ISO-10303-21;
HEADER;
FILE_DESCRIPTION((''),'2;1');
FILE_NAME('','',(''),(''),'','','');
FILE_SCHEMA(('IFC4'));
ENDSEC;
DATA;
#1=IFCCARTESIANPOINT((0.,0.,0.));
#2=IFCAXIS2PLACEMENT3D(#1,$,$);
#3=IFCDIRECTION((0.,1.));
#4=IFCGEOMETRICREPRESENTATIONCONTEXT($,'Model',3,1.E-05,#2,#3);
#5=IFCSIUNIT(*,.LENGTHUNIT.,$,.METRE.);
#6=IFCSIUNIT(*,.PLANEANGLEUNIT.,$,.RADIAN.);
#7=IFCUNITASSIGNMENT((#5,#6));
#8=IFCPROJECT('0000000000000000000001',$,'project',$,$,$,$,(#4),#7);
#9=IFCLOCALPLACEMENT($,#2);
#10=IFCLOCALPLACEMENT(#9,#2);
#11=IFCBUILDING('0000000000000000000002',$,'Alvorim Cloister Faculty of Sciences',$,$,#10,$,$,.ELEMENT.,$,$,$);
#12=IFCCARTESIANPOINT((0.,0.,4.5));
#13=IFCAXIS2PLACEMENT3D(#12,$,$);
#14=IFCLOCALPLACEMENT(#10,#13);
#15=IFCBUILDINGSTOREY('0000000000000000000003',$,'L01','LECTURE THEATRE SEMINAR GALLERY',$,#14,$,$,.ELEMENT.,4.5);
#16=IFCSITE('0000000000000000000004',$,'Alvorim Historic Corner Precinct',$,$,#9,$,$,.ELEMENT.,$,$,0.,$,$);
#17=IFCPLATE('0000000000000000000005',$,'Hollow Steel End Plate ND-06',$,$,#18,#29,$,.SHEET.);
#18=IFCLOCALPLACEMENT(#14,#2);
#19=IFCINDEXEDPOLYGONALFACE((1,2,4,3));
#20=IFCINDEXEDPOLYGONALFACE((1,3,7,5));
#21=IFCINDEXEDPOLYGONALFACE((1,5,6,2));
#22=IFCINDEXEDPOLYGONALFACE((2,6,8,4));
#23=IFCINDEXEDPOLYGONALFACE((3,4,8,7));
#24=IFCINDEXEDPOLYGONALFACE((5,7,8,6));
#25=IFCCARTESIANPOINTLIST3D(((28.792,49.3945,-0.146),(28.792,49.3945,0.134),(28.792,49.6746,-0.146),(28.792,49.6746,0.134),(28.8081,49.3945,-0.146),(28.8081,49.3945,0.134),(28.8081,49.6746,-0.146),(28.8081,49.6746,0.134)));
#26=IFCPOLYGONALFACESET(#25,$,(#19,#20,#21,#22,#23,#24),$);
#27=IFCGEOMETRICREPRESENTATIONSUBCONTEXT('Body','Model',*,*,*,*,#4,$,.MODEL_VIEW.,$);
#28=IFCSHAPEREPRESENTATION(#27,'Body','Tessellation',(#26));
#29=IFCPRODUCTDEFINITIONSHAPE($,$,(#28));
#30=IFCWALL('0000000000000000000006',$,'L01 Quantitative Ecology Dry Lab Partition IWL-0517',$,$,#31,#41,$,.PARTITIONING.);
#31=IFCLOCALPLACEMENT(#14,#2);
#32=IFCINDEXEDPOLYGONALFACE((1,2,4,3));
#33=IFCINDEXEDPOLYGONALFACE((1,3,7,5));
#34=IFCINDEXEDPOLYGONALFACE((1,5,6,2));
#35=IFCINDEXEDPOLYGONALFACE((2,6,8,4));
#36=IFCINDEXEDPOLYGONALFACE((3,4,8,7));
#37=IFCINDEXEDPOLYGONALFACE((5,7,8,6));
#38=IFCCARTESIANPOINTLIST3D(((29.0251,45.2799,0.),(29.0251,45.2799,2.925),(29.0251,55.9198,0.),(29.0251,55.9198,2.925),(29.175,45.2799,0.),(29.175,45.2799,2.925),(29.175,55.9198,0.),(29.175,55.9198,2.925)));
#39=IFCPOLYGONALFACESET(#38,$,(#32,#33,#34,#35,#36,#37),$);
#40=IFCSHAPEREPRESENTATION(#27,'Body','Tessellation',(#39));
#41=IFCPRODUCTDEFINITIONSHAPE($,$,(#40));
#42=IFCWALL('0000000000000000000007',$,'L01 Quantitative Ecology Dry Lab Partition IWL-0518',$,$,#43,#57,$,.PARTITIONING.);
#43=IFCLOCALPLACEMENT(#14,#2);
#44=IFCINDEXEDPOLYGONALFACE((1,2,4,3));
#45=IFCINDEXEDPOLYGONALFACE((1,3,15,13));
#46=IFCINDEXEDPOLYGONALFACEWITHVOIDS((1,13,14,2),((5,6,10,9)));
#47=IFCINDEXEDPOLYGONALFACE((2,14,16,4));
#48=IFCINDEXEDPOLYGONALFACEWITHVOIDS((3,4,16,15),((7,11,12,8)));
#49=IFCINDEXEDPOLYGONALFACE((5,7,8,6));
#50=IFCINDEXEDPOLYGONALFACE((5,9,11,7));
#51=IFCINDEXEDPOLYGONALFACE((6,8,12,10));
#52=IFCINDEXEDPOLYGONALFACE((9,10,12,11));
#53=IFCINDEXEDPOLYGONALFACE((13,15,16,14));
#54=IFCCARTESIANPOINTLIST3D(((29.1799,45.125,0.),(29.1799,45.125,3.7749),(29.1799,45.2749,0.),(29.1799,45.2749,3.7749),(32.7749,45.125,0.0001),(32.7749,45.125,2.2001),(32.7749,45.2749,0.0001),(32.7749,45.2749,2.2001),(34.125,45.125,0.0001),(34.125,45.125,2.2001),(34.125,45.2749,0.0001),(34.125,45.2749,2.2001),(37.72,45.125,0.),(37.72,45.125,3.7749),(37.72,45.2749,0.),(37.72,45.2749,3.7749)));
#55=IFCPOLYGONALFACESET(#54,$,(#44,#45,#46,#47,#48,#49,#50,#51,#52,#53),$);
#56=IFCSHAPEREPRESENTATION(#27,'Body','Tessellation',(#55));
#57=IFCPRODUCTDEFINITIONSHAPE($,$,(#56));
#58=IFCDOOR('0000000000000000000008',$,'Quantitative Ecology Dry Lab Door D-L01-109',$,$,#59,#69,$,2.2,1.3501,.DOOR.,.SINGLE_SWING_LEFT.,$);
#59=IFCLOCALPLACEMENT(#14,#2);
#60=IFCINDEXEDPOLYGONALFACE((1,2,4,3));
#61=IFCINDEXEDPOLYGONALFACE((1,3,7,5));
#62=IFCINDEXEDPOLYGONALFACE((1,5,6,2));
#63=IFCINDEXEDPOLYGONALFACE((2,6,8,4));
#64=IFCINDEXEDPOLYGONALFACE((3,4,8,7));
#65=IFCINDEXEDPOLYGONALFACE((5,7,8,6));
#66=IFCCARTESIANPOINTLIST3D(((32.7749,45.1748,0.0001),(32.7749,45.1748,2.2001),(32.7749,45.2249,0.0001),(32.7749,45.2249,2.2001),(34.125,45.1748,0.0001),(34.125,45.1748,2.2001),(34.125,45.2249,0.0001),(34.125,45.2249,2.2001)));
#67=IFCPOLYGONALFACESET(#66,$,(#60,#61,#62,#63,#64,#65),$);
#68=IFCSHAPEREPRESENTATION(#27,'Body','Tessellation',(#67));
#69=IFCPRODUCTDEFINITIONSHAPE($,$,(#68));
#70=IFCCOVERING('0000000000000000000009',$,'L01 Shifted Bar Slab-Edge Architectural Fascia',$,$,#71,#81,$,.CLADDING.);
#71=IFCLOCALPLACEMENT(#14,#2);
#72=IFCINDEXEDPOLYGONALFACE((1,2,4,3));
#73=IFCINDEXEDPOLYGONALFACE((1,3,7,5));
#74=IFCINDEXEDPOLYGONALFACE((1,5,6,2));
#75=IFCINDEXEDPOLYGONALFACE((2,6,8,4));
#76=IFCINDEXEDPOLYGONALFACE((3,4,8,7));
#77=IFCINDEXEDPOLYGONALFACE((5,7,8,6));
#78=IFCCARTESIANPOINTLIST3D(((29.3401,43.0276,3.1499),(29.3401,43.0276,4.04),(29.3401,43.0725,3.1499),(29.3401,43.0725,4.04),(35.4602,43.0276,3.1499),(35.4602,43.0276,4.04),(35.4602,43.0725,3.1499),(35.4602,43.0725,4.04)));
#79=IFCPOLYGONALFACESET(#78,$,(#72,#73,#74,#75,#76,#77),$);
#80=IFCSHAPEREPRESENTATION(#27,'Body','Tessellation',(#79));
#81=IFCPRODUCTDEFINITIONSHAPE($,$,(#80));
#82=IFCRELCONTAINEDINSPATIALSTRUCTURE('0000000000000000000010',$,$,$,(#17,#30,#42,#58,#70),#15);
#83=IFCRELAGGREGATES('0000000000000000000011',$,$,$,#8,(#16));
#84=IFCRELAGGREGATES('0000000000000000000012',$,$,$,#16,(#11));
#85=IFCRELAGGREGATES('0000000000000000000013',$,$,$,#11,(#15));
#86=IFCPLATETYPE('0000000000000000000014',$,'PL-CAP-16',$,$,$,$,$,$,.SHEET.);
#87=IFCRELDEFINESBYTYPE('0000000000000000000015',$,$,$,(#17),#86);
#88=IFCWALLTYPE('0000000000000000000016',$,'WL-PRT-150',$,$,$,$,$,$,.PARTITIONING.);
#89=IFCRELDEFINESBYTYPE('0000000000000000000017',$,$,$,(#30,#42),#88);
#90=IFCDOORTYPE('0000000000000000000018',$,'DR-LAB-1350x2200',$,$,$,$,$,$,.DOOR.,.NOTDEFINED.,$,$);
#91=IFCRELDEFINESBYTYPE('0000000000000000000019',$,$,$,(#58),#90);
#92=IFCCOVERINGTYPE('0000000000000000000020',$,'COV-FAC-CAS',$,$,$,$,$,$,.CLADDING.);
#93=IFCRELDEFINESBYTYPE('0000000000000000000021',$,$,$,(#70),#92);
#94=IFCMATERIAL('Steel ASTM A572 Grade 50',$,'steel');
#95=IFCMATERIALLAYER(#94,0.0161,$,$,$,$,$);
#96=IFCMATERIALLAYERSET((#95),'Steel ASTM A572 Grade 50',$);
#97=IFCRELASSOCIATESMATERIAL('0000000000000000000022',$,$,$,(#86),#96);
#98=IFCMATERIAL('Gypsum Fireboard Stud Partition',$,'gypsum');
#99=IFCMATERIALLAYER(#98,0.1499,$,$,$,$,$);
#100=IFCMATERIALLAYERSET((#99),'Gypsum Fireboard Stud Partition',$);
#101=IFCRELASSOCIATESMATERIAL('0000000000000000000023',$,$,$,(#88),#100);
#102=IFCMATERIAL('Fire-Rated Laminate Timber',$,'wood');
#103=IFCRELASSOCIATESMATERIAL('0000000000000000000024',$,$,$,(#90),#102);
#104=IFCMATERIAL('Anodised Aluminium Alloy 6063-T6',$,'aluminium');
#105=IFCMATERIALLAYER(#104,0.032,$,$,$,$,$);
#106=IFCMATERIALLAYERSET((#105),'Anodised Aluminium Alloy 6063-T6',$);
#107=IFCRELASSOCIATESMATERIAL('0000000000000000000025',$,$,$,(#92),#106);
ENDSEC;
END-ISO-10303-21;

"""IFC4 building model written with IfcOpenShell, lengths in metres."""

from ifc_helpers import new_model, si_unit, direction, frame, frame_2d, origin, place, context, subcontext, project, spatial, polyline, rectangle, outline, extrude, material, layer, layer_set, type_object, element, fill, save


model = new_model("IFC4")

# Units and contexts
model_context = context("Model", 3, precision=1e-05, world=origin(), true_north=direction((0.0, 1.0)))
body_context = subcontext(model_context, "Body", "Model", "MODEL_VIEW")
ifc_project = project(units=[si_unit("LENGTHUNIT", "METRE"), si_unit("PLANEANGLEUNIT", "RADIAN")], contexts=[model_context])

# Site, building, storey
site_placement = place(None, origin())
site = spatial("IfcSite", under=ifc_project, at=site_placement, Name="Alvorim Historic Corner Precinct", CompositionType="ELEMENT", RefElevation=0.0)
building_placement = place(site_placement, origin())
building = spatial("IfcBuilding", under=site, at=building_placement, Name="Alvorim Cloister Faculty of Sciences", CompositionType="ELEMENT")
storey_placement = place(building_placement, frame((0.0, 0.0, 4.5)))
storey = spatial("IfcBuildingStorey", under=building, at=storey_placement, Name="L01", Description="LECTURE THEATRE SEMINAR GALLERY", CompositionType="ELEMENT", Elevation=4.5)

# Shared definitions
ifc_material_1 = material(Name="Steel ASTM A572 Grade 50", Category="steel")

# Plate
ifc_layer_1 = layer(ifc_material_1, 0.0161)
ifc_layer_set_1 = layer_set([ifc_layer_1], Name="Steel ASTM A572 Grade 50")
plate_type_1 = type_object("IfcPlateType", Name="PL-CAP-16", PredefinedType="SHEET", material=ifc_layer_set_1)
plate_1_placement = place(storey_placement, frame((28.8, 49.3945, -0.146), z_axis=(0.0, 0.0, 1.0), x_axis=(0.0, 1.0, 0.0)))
element("IfcPlate", 1, at=plate_1_placement, inside=storey, type_object=plate_type_1, Name="Hollow Steel End Plate ND-06", PredefinedType="SHEET", context=body_context, shape_type="SweptSolid", body=[
    extrude(outline(polyline([(0.0, 0.0), (0.28, 0.0), (0.28, 0.28), (0.0, 0.28), (0.0, 0.0)])), frame((0.0, 0.0081, 0.0), z_axis=(0.0, -1.0, 0.0), x_axis=(1.0, 0.0, 0.0)), (0.0, 0.0, 1.0), 0.0161),
])

# Wall
ifc_material_2 = material(Name="Gypsum Fireboard Stud Partition", Category="gypsum")
ifc_layer_2 = layer(ifc_material_2, 0.1499)
ifc_layer_set_2 = layer_set([ifc_layer_2], Name="Gypsum Fireboard Stud Partition")
wall_type = type_object("IfcWallType", Name="WL-PRT-150", PredefinedType="PARTITIONING", material=ifc_layer_set_2)
wall_1_placement = place(storey_placement, frame((29.1001, 45.28, 0.0), z_axis=(0.0, 0.0, 1.0), x_axis=(0.0, 1.0, 0.0)))
element("IfcWall", 2, at=wall_1_placement, inside=storey, type_object=wall_type, Name="L01 Quantitative Ecology Dry Lab Partition IWL-0517", PredefinedType="PARTITIONING", context=body_context, shape_type="SweptSolid", body=[
    extrude(rectangle(XDim=10.6399, YDim=0.1499, at=frame_2d((5.3198, 0.0))), origin(), (0.0, 0.0, 1.0), 2.925),
])

# Wall, opening, door
wall_2_placement = place(storey_placement, frame((29.1799, 45.2, 0.0), z_axis=(0.0, 0.0, 1.0), x_axis=(1.0, 0.0, 0.0)))
wall_2 = element("IfcWall", 3, at=wall_2_placement, inside=storey, type_object=wall_type, Name="L01 Quantitative Ecology Dry Lab Partition IWL-0518", PredefinedType="PARTITIONING", context=body_context, shape_type="SweptSolid", body=[
    extrude(rectangle(XDim=8.54, YDim=0.1499, at=frame_2d((4.27, 0.0))), origin(), (0.0, 0.0, 1.0), 3.7749),
])
opening_placement = place(wall_2_placement, frame((3.595, 0.0, 0.0)))
opening = element("IfcOpeningElement", 4, at=opening_placement, cuts=wall_2, PredefinedType="OPENING", context=body_context, shape_type="SweptSolid", body=[
    extrude(rectangle(XDim=1.3501, YDim=2.2, at=frame_2d((0.675, 1.1001))), frame((0.0, 0.0869, 0.0), z_axis=(0.0, -1.0, 0.0), x_axis=(1.0, 0.0, 0.0)), (0.0, 0.0, 1.0), 0.1738),
])
ifc_material_3 = material(Name="Fire-Rated Laminate Timber", Category="wood")
door_type = type_object("IfcDoorType", Name="DR-LAB-1350x2200", OperationType="NOTDEFINED", PredefinedType="DOOR", material=ifc_material_3)
door_placement = place(opening_placement, origin())
door = element("IfcDoor", 5, at=door_placement, inside=storey, type_object=door_type, Name="Quantitative Ecology Dry Lab Door D-L01-109", OperationType="SINGLE_SWING_LEFT", OverallHeight=2.2, OverallWidth=1.3501, PredefinedType="DOOR", context=body_context, shape_type="SweptSolid", body=[
    extrude(rectangle(XDim=1.3501, YDim=2.2, at=frame_2d((0.675, 1.1001))), frame((0.0, 0.0249, 0.0), z_axis=(0.0, -1.0, 0.0), x_axis=(1.0, 0.0, 0.0)), (0.0, 0.0, 1.0), 0.05),
])
fill(opening, door)

# Covering
ifc_material_4 = material(Name="Anodised Aluminium Alloy 6063-T6", Category="aluminium")
ifc_layer_3 = layer(ifc_material_4, 0.032)
ifc_layer_set_3 = layer_set([ifc_layer_3], Name="Anodised Aluminium Alloy 6063-T6")
covering_type = type_object("IfcCoveringType", Name="COV-FAC-CAS", PredefinedType="CLADDING", material=ifc_layer_set_3)
covering_placement = place(storey_placement, frame((29.3401, 43.05, 3.1499), z_axis=(0.0, 0.0, 1.0), x_axis=(1.0, 0.0, 0.0)))
element("IfcCovering", 6, at=covering_placement, inside=storey, type_object=covering_type, Name="L01 Shifted Bar Slab-Edge Architectural Fascia", PredefinedType="CLADDING", context=body_context, shape_type="SweptSolid", body=[
    extrude(outline(polyline([(0.0, 0.0), (6.1201, 0.0), (6.1201, 0.8901), (0.0, 0.8901), (0.0, 0.0)])), frame((0.0, 0.0225, 0.0), z_axis=(0.0, -1.0, 0.0), x_axis=(1.0, 0.0, 0.0)), (0.0, 0.0, 1.0), 0.0449),
])

save(model, "model.ifc")
